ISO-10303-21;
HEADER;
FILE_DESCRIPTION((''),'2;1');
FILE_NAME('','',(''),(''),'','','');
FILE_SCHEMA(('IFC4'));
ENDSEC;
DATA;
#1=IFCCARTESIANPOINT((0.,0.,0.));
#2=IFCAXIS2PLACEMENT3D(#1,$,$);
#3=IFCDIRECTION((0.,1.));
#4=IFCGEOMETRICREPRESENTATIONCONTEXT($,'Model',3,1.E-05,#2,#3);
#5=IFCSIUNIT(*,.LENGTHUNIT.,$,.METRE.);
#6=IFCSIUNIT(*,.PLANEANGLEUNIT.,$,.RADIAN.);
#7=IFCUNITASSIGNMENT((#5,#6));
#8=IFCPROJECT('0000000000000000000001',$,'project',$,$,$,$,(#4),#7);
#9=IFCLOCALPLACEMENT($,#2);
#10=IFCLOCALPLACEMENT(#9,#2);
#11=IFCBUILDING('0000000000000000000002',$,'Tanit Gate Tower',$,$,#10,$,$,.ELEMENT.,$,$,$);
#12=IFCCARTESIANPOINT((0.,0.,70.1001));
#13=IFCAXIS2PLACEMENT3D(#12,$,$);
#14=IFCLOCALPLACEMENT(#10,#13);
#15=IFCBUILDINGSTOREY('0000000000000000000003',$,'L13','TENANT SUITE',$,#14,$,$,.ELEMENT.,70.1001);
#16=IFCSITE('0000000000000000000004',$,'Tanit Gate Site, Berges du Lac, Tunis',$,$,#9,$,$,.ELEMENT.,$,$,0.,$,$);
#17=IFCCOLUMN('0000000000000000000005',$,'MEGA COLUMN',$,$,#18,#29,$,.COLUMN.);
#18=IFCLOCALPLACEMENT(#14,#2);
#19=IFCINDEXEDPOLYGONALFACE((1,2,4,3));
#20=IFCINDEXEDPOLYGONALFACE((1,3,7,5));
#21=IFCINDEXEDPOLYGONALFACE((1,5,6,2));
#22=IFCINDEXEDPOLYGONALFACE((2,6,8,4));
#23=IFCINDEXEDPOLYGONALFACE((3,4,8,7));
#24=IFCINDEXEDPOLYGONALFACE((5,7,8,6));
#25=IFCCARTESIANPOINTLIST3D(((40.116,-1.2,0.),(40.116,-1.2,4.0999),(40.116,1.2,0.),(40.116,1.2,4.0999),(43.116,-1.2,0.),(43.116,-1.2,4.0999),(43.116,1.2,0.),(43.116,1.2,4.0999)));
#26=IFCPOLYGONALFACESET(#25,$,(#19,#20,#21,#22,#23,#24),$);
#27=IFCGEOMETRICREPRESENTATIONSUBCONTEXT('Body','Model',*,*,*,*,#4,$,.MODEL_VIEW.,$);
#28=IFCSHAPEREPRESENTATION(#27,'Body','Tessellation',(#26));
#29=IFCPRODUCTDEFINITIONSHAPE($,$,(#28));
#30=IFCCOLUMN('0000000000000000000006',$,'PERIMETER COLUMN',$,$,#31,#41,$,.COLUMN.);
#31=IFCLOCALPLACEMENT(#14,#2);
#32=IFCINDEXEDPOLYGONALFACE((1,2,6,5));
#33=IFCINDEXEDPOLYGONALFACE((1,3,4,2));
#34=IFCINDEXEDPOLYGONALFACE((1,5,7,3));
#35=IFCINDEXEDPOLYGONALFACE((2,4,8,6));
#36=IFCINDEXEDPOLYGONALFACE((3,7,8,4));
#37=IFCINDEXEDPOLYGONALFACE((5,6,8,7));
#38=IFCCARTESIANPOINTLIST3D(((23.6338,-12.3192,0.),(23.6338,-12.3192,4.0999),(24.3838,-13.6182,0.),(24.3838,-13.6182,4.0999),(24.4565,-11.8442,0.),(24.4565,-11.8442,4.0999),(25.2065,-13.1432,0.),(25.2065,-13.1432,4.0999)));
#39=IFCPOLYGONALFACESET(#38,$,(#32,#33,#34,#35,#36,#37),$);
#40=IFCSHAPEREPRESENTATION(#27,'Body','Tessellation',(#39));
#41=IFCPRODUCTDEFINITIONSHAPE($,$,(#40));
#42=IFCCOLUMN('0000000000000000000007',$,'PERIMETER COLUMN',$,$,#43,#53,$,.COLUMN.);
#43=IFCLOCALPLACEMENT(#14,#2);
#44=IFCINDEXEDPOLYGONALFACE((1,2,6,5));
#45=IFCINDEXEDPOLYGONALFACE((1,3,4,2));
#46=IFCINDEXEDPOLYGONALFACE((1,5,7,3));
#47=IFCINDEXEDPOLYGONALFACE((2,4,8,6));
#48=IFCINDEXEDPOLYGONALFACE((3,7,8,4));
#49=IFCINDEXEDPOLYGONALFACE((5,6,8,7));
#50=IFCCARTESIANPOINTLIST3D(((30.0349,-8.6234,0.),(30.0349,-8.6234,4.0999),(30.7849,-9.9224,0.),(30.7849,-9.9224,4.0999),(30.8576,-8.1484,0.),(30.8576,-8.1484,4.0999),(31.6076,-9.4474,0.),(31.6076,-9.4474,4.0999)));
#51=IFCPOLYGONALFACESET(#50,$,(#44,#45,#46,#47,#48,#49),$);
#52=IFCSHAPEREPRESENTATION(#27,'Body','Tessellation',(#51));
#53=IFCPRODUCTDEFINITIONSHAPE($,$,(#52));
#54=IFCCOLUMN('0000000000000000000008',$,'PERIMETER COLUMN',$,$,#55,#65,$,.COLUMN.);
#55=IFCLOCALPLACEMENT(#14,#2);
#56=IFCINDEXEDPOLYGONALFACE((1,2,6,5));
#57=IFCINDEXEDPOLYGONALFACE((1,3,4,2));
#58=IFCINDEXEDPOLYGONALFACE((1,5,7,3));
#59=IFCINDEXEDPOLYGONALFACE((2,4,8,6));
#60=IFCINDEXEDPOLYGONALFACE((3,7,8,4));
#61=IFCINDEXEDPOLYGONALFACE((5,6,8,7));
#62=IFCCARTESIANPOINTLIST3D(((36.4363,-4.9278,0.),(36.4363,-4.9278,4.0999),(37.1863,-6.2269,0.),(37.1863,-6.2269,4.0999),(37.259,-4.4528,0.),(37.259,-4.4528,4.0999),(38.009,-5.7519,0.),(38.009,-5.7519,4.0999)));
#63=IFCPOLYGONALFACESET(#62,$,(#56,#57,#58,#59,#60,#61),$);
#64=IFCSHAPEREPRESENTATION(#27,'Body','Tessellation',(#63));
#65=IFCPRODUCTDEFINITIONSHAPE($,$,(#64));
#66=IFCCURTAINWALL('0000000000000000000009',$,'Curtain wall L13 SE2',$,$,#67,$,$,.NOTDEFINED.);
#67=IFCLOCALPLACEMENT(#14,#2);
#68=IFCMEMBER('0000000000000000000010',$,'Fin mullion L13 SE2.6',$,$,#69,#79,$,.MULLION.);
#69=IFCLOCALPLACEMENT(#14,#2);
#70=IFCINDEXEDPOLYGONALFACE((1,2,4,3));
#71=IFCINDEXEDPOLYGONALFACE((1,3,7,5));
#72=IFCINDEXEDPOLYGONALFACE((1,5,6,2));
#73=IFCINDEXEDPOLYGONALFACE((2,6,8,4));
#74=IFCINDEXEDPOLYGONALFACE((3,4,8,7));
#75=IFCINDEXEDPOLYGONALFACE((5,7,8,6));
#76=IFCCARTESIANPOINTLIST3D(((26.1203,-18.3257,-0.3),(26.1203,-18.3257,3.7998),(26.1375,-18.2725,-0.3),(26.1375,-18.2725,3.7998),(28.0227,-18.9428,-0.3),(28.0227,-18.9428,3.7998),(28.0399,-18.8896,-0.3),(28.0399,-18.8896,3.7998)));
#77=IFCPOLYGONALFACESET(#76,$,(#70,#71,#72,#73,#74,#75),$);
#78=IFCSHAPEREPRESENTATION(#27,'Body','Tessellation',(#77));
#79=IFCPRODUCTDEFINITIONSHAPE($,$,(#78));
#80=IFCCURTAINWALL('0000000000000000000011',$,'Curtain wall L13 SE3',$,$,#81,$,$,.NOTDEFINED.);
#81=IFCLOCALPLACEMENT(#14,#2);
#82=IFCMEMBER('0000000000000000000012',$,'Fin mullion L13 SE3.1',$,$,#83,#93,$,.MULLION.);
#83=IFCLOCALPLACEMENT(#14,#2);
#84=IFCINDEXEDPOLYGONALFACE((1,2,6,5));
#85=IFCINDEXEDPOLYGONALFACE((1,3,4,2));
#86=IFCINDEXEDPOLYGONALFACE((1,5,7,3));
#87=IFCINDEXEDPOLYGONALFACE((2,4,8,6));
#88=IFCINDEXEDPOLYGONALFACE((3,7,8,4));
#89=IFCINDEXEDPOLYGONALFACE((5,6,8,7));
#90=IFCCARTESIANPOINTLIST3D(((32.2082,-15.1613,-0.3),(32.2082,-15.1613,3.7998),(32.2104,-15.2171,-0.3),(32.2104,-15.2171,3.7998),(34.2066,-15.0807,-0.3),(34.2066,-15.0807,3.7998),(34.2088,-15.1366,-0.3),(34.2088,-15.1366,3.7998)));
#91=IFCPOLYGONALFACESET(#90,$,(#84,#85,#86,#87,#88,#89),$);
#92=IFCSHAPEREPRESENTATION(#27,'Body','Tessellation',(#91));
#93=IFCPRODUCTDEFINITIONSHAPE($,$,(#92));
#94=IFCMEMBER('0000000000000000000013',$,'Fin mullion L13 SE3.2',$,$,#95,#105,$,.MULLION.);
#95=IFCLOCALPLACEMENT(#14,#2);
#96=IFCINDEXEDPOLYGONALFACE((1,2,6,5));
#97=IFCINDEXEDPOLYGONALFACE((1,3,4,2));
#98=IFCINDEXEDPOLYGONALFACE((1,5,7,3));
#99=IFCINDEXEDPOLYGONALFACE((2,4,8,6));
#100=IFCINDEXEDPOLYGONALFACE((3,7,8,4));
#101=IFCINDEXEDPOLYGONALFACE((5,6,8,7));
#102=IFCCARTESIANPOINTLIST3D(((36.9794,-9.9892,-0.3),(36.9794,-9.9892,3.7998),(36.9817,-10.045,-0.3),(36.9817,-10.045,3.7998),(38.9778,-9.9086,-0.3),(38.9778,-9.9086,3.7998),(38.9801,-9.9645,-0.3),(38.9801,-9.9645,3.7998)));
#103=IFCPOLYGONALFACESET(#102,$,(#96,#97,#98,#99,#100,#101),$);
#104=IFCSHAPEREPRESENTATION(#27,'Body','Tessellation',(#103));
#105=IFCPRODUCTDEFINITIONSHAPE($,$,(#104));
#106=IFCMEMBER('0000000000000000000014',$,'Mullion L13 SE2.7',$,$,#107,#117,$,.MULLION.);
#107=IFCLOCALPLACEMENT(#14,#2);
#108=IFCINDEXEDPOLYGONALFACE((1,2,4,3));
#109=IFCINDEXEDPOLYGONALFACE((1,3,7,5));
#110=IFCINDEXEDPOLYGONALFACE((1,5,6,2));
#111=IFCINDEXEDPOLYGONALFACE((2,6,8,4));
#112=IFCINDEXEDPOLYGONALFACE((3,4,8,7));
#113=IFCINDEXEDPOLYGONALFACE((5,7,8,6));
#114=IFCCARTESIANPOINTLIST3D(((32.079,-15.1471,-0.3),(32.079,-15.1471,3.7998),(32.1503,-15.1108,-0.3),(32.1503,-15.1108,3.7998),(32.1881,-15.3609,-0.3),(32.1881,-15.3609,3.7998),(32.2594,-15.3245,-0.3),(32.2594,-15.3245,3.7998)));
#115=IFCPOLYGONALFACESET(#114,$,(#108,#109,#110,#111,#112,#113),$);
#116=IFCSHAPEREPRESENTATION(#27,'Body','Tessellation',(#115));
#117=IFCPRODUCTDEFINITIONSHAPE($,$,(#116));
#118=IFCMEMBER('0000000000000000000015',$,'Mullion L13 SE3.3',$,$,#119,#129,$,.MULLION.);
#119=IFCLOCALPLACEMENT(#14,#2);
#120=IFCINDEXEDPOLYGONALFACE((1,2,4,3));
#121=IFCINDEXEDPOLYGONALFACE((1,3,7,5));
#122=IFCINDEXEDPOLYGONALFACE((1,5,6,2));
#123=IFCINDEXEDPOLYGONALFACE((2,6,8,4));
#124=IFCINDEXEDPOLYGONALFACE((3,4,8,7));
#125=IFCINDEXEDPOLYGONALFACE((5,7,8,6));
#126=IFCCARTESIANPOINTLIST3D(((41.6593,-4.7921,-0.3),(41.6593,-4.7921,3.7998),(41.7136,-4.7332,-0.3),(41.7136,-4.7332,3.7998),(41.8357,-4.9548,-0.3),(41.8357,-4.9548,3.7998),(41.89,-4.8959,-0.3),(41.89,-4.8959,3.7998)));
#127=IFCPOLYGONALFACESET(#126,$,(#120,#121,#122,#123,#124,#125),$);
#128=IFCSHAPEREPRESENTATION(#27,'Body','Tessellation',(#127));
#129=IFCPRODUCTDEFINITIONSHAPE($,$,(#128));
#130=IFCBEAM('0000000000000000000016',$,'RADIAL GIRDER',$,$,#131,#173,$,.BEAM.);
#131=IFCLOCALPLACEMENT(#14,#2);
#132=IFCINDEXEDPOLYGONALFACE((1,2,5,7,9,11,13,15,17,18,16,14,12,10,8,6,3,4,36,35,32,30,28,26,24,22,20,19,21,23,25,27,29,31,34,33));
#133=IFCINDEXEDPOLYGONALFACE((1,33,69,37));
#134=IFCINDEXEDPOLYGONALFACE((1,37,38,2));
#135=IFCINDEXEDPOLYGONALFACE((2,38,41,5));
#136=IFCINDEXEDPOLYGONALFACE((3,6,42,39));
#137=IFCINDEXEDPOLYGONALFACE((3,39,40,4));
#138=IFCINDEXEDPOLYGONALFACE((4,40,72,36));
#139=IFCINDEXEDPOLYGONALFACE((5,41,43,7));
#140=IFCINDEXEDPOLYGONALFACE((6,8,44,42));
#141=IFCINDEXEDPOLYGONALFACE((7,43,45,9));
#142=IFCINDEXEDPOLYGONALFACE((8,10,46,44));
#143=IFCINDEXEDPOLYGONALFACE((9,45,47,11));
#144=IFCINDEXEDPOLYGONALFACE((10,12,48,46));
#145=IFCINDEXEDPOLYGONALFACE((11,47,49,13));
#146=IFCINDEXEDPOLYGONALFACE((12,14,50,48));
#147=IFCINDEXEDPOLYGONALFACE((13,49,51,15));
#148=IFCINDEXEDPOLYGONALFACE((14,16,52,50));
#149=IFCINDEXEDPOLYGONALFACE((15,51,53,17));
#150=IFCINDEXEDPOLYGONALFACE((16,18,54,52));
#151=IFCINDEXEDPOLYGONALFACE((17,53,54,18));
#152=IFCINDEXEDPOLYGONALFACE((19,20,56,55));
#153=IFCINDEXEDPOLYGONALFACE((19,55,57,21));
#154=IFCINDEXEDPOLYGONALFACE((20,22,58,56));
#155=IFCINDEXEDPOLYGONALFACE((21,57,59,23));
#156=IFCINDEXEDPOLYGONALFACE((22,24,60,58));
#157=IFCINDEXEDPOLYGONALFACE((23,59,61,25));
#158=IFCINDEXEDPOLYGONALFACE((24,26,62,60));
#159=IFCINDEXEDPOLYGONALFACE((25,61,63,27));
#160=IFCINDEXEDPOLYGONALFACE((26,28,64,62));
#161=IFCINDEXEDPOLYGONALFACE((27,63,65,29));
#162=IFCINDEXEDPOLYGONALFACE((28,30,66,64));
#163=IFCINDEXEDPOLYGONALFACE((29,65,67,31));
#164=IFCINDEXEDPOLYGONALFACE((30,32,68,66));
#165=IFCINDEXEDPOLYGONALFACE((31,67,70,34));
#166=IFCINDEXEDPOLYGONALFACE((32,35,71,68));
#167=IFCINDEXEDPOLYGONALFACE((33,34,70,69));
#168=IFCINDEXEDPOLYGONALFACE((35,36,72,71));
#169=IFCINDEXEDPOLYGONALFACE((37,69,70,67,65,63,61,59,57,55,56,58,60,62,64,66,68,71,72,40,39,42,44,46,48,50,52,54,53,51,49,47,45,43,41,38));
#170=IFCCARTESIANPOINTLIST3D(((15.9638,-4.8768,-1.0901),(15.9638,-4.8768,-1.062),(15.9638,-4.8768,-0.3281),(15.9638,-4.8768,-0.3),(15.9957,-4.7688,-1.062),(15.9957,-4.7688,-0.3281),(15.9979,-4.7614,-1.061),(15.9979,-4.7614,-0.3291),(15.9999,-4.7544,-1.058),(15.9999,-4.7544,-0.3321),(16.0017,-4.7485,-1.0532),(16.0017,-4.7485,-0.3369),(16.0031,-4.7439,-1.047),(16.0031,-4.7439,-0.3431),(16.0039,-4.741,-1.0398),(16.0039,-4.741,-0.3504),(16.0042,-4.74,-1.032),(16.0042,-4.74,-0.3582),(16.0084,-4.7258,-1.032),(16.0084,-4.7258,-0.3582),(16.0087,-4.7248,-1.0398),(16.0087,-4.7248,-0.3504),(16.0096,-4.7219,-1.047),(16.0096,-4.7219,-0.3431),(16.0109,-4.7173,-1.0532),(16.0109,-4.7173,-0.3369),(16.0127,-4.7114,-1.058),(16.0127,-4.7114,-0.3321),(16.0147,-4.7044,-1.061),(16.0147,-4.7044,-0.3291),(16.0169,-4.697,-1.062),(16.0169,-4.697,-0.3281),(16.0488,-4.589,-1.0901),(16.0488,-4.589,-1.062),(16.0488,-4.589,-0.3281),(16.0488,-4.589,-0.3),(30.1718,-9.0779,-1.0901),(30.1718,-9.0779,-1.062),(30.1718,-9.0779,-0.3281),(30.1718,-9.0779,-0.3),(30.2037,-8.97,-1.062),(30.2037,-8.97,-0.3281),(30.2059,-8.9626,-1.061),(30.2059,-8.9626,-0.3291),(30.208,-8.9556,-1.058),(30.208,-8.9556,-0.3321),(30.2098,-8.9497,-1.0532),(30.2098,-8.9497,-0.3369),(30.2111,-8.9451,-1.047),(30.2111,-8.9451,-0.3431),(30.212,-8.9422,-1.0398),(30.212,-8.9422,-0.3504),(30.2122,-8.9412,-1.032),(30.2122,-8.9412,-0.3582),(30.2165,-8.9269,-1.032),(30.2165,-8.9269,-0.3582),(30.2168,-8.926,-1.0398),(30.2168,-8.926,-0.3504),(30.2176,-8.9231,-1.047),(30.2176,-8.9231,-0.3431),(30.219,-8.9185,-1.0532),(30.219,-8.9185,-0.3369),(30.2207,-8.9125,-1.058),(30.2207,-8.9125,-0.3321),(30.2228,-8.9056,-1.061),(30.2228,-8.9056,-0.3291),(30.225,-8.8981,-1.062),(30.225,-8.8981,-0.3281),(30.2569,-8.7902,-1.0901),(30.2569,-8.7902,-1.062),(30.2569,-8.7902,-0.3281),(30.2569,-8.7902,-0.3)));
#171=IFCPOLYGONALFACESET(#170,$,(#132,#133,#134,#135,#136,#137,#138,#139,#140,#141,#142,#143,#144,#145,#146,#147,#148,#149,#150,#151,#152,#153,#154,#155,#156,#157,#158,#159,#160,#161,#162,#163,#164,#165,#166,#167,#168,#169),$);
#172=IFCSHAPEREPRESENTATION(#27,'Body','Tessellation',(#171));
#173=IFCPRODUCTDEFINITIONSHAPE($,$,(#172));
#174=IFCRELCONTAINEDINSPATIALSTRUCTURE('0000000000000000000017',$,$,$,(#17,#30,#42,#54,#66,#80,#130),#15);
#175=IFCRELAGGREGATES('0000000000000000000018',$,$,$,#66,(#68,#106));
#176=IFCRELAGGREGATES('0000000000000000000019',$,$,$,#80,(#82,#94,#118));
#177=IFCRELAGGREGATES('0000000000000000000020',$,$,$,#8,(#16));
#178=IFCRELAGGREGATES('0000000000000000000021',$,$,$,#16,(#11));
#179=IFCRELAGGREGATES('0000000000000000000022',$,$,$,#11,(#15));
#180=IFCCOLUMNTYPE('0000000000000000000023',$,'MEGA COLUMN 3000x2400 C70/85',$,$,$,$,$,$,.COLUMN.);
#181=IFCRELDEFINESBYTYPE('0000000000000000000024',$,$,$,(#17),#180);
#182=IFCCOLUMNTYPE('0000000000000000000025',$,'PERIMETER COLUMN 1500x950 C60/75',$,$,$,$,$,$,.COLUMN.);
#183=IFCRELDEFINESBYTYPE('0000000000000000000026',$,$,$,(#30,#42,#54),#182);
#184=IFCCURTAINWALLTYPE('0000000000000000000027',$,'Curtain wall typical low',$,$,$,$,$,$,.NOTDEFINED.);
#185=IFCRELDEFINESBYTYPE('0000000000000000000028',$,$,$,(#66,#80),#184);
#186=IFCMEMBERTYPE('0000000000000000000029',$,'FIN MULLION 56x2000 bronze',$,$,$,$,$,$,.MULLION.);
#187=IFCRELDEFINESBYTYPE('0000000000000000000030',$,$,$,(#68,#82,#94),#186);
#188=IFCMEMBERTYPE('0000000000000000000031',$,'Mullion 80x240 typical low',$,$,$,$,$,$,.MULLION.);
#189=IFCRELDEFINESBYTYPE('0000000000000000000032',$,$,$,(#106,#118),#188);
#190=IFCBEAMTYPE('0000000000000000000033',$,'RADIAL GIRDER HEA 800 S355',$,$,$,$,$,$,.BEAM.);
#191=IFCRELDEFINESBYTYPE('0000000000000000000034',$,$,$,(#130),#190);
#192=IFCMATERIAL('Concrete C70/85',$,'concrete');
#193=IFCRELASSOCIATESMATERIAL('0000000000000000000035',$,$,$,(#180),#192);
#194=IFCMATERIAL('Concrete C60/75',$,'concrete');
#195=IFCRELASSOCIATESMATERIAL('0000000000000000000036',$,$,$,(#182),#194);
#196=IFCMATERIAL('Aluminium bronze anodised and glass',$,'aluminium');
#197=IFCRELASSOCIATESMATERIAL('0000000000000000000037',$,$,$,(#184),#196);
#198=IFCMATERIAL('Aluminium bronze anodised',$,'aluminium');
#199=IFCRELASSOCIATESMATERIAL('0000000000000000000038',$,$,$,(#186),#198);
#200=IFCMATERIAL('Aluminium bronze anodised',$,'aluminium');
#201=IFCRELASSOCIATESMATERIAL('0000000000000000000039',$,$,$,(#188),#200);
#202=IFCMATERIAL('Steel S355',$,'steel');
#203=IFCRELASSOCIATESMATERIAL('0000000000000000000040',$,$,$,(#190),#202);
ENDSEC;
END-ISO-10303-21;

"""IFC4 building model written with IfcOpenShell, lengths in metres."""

from ifc_helpers import new_model, si_unit, direction, frame, origin, origin_2d, place, context, subcontext, project, spatial, rectangle, i_section, extrude, material, material_profile, profile_set, type_object, element, aggregate, save


model = new_model("IFC4")

# Units and contexts
model_context = context("Model", 3, precision=1e-05, world=origin(), true_north=direction((0.0, 1.0)))
body_context = subcontext(model_context, "Body", "Model", "MODEL_VIEW")
ifc_project = project(units=[si_unit("LENGTHUNIT", "METRE"), si_unit("PLANEANGLEUNIT", "RADIAN")], contexts=[model_context])

# Site, building, storey
site_placement = place(None, origin())
site = spatial("IfcSite", under=ifc_project, at=site_placement, Name="Tanit Gate Site, Berges du Lac, Tunis", CompositionType="ELEMENT", RefElevation=0.0)
building_placement = place(site_placement, origin())
building = spatial("IfcBuilding", under=site, at=building_placement, Name="Tanit Gate Tower", CompositionType="ELEMENT")
storey_placement = place(building_placement, frame((0.0, 0.0, 70.1001)))
storey = spatial("IfcBuildingStorey", under=building, at=storey_placement, Name="L13", Description="TENANT SUITE", CompositionType="ELEMENT", Elevation=70.1001)

# Columns
ifc_material_1 = material(Name="Concrete C70/85", Category="concrete")
ifc_material_profile_1 = material_profile(ifc_material_1, rectangle(XDim=3.0, YDim=2.3999, at=origin_2d()), Name="RC 3000x2400")
ifc_profile_set_1 = profile_set([ifc_material_profile_1], Name="Concrete C70/85")
column_type_1 = type_object("IfcColumnType", Name="MEGA COLUMN 3000x2400 C70/85", PredefinedType="COLUMN", material=ifc_profile_set_1)
column_placement = place(storey_placement, frame((41.616, 0.0, 0.0), z_axis=(0.0, 0.0, 1.0), x_axis=(1.0, 0.0, 0.0)))
element("IfcColumn", 1, at=column_placement, inside=storey, type_object=column_type_1, Name="MEGA COLUMN", PredefinedType="COLUMN", context=body_context, shape_type="SweptSolid", body=[
    extrude(rectangle(XDim=3.0, YDim=2.3999, at=origin_2d()), origin(), (0.0, 0.0, 1.0), 4.0999),
])
ifc_material_2 = material(Name="Concrete C60/75", Category="concrete")
ifc_material_profile_2 = material_profile(ifc_material_2, rectangle(XDim=1.5, YDim=0.95, at=origin_2d()), Name="RC 1500x950")
ifc_profile_set_2 = profile_set([ifc_material_profile_2], Name="Concrete C60/75")
column_type_2 = type_object("IfcColumnType", Name="PERIMETER COLUMN 1500x950 C60/75", PredefinedType="COLUMN", material=ifc_profile_set_2)
for number, where, z_axis, x_axis, name in (
    (2, (24.4202, -12.7312, 0.0), (0.0, 0.0, 1.0), (0.5, -0.866025, 0.0), "PERIMETER COLUMN"),
    (3, (30.8213, -9.0354, 0.0), (0.0, 0.0, 1.0), (0.5, -0.866025, 0.0), "PERIMETER COLUMN"),
    (4, (37.2227, -5.3398, 0.0), (0.0, 0.0, 1.0), (0.5, -0.866025, 0.0), "PERIMETER COLUMN"),
):
    element("IfcColumn", number, at=place(storey_placement, frame(where, z_axis=z_axis, x_axis=x_axis)), inside=storey, type_object=column_type_2, Name=name, PredefinedType="COLUMN", context=body_context, shape_type="SweptSolid", body=[
        extrude(rectangle(XDim=1.5, YDim=0.95, at=origin_2d()), origin(), (0.0, 0.0, 1.0), 4.0999),
    ])

# Curtain wall, member
ifc_material_3 = material(Name="Aluminium bronze anodised and glass", Category="aluminium")
curtain_wall_type = type_object("IfcCurtainWallType", Name="Curtain wall typical low", PredefinedType="NOTDEFINED", material=ifc_material_3)
curtain_wall_1_placement = place(storey_placement, origin())
curtain_wall_1 = element("IfcCurtainWall", 5, at=curtain_wall_1_placement, inside=storey, type_object=curtain_wall_type, Name="Curtain wall L13 SE2", PredefinedType="NOTDEFINED")
ifc_material_4 = material(Name="Aluminium bronze anodised", Category="aluminium")
ifc_material_profile_3 = material_profile(ifc_material_4, rectangle(XDim=2.0, YDim=0.0559, at=origin_2d()), Name="56x2000 bronze fin mullion")
ifc_profile_set_3 = profile_set([ifc_material_profile_3], Name="Aluminium bronze anodised")
member_type_1 = type_object("IfcMemberType", Name="FIN MULLION 56x2000 bronze", PredefinedType="MULLION", material=ifc_profile_set_3)
member_1_placement = place(storey_placement, frame((27.0801, -18.6077, -0.3), z_axis=(0.0, 0.0, 1.0), x_axis=(-0.951202, 0.308568, 0.0)))
member_1 = element("IfcMember", 6, at=member_1_placement, type_object=member_type_1, Name="Fin mullion L13 SE2.6", PredefinedType="MULLION", context=body_context, shape_type="SweptSolid", body=[
    extrude(rectangle(XDim=2.0, YDim=0.0559, at=origin_2d()), origin(), (0.0, 0.0, 1.0), 4.0999),
])

# Curtain wall, members
curtain_wall_2_placement = place(storey_placement, origin())
curtain_wall_2 = element("IfcCurtainWall", 7, at=curtain_wall_2_placement, inside=storey, type_object=curtain_wall_type, Name="Curtain wall L13 SE3", PredefinedType="NOTDEFINED")
member_2_placement = place(storey_placement, frame((33.2085, -15.1489, -0.3), z_axis=(0.0, 0.0, 1.0), x_axis=(-0.999189, -0.040277, 0.0)))
member_2 = element("IfcMember", 8, at=member_2_placement, type_object=member_type_1, Name="Fin mullion L13 SE3.1", PredefinedType="MULLION", context=body_context, shape_type="SweptSolid", body=[
    extrude(rectangle(XDim=2.0, YDim=0.0559, at=origin_2d()), origin(), (0.0, 0.0, 1.0), 4.0999),
])
member_3_placement = place(storey_placement, frame((37.9797, -9.9768, -0.3), z_axis=(0.0, 0.0, 1.0), x_axis=(-0.999189, -0.040277, 0.0)))
member_3 = element("IfcMember", 9, at=member_3_placement, type_object=member_type_1, Name="Fin mullion L13 SE3.2", PredefinedType="MULLION", context=body_context, shape_type="SweptSolid", body=[
    extrude(rectangle(XDim=2.0, YDim=0.0559, at=origin_2d()), origin(), (0.0, 0.0, 1.0), 4.0999),
])

# Members
ifc_material_5 = material(Name="Aluminium bronze anodised", Category="aluminium")
ifc_material_profile_4 = material_profile(ifc_material_5, rectangle(XDim=0.24, YDim=0.0801, at=origin_2d()), Name="80x240 bronze mullion")
ifc_profile_set_4 = profile_set([ifc_material_profile_4], Name="Aluminium bronze anodised")
member_type_2 = type_object("IfcMemberType", Name="Mullion 80x240 typical low", PredefinedType="MULLION", material=ifc_profile_set_4)
member_4_placement = place(storey_placement, frame((32.1692, -15.2358, -0.3), z_axis=(0.0, 0.0, 1.0), x_axis=(-0.454411, 0.890792, 0.0)))
member_4 = element("IfcMember", 10, at=member_4_placement, type_object=member_type_2, Name="Mullion L13 SE2.7", PredefinedType="MULLION", context=body_context, shape_type="SweptSolid", body=[
    extrude(rectangle(XDim=0.24, YDim=0.0801, at=origin_2d()), origin(), (0.0, 0.0, 1.0), 4.0999),
])
member_5_placement = place(storey_placement, frame((41.7747, -4.844, -0.3), z_axis=(0.0, 0.0, 1.0), x_axis=(-0.735013, 0.678053, 0.0)))
member_5 = element("IfcMember", 11, at=member_5_placement, type_object=member_type_2, Name="Mullion L13 SE3.3", PredefinedType="MULLION", context=body_context, shape_type="SweptSolid", body=[
    extrude(rectangle(XDim=0.24, YDim=0.0801, at=origin_2d()), origin(), (0.0, 0.0, 1.0), 4.0999),
])

# Beam
ifc_material_6 = material(Name="Steel S355", Category="steel")
ifc_material_profile_5 = material_profile(ifc_material_6, i_section(OverallWidth=0.3, OverallDepth=0.79, WebThickness=0.0149, FlangeThickness=0.0281, FilletRadius=0.03, at=origin_2d()), Name="HEA 800")
ifc_profile_set_5 = profile_set([ifc_material_profile_5], Name="Steel S355")
beam_type_1 = type_object("IfcBeamType", Name="RADIAL GIRDER HEA 800 S355", PredefinedType="BEAM", material=ifc_profile_set_5)
beam_1_placement = place(storey_placement, frame((30.2144, -8.9341, -0.6951), z_axis=(-0.958956, 0.283554, 0.0), x_axis=(-0.283554, -0.958956, 0.0)))
element("IfcBeam", 12, at=beam_1_placement, inside=storey, type_object=beam_type_1, Name="RADIAL GIRDER", PredefinedType="BEAM", context=body_context, shape_type="SweptSolid", body=[
    extrude(i_section(OverallWidth=0.3, OverallDepth=0.79, WebThickness=0.0149, FlangeThickness=0.0281, FilletRadius=0.03, at=origin_2d()), origin(), (0.0, 0.0, 1.0), 14.8162),
])

aggregate(curtain_wall_1, [member_1, member_4])
aggregate(curtain_wall_2, [member_2, member_3, member_5])

save(model, "model.ifc")
